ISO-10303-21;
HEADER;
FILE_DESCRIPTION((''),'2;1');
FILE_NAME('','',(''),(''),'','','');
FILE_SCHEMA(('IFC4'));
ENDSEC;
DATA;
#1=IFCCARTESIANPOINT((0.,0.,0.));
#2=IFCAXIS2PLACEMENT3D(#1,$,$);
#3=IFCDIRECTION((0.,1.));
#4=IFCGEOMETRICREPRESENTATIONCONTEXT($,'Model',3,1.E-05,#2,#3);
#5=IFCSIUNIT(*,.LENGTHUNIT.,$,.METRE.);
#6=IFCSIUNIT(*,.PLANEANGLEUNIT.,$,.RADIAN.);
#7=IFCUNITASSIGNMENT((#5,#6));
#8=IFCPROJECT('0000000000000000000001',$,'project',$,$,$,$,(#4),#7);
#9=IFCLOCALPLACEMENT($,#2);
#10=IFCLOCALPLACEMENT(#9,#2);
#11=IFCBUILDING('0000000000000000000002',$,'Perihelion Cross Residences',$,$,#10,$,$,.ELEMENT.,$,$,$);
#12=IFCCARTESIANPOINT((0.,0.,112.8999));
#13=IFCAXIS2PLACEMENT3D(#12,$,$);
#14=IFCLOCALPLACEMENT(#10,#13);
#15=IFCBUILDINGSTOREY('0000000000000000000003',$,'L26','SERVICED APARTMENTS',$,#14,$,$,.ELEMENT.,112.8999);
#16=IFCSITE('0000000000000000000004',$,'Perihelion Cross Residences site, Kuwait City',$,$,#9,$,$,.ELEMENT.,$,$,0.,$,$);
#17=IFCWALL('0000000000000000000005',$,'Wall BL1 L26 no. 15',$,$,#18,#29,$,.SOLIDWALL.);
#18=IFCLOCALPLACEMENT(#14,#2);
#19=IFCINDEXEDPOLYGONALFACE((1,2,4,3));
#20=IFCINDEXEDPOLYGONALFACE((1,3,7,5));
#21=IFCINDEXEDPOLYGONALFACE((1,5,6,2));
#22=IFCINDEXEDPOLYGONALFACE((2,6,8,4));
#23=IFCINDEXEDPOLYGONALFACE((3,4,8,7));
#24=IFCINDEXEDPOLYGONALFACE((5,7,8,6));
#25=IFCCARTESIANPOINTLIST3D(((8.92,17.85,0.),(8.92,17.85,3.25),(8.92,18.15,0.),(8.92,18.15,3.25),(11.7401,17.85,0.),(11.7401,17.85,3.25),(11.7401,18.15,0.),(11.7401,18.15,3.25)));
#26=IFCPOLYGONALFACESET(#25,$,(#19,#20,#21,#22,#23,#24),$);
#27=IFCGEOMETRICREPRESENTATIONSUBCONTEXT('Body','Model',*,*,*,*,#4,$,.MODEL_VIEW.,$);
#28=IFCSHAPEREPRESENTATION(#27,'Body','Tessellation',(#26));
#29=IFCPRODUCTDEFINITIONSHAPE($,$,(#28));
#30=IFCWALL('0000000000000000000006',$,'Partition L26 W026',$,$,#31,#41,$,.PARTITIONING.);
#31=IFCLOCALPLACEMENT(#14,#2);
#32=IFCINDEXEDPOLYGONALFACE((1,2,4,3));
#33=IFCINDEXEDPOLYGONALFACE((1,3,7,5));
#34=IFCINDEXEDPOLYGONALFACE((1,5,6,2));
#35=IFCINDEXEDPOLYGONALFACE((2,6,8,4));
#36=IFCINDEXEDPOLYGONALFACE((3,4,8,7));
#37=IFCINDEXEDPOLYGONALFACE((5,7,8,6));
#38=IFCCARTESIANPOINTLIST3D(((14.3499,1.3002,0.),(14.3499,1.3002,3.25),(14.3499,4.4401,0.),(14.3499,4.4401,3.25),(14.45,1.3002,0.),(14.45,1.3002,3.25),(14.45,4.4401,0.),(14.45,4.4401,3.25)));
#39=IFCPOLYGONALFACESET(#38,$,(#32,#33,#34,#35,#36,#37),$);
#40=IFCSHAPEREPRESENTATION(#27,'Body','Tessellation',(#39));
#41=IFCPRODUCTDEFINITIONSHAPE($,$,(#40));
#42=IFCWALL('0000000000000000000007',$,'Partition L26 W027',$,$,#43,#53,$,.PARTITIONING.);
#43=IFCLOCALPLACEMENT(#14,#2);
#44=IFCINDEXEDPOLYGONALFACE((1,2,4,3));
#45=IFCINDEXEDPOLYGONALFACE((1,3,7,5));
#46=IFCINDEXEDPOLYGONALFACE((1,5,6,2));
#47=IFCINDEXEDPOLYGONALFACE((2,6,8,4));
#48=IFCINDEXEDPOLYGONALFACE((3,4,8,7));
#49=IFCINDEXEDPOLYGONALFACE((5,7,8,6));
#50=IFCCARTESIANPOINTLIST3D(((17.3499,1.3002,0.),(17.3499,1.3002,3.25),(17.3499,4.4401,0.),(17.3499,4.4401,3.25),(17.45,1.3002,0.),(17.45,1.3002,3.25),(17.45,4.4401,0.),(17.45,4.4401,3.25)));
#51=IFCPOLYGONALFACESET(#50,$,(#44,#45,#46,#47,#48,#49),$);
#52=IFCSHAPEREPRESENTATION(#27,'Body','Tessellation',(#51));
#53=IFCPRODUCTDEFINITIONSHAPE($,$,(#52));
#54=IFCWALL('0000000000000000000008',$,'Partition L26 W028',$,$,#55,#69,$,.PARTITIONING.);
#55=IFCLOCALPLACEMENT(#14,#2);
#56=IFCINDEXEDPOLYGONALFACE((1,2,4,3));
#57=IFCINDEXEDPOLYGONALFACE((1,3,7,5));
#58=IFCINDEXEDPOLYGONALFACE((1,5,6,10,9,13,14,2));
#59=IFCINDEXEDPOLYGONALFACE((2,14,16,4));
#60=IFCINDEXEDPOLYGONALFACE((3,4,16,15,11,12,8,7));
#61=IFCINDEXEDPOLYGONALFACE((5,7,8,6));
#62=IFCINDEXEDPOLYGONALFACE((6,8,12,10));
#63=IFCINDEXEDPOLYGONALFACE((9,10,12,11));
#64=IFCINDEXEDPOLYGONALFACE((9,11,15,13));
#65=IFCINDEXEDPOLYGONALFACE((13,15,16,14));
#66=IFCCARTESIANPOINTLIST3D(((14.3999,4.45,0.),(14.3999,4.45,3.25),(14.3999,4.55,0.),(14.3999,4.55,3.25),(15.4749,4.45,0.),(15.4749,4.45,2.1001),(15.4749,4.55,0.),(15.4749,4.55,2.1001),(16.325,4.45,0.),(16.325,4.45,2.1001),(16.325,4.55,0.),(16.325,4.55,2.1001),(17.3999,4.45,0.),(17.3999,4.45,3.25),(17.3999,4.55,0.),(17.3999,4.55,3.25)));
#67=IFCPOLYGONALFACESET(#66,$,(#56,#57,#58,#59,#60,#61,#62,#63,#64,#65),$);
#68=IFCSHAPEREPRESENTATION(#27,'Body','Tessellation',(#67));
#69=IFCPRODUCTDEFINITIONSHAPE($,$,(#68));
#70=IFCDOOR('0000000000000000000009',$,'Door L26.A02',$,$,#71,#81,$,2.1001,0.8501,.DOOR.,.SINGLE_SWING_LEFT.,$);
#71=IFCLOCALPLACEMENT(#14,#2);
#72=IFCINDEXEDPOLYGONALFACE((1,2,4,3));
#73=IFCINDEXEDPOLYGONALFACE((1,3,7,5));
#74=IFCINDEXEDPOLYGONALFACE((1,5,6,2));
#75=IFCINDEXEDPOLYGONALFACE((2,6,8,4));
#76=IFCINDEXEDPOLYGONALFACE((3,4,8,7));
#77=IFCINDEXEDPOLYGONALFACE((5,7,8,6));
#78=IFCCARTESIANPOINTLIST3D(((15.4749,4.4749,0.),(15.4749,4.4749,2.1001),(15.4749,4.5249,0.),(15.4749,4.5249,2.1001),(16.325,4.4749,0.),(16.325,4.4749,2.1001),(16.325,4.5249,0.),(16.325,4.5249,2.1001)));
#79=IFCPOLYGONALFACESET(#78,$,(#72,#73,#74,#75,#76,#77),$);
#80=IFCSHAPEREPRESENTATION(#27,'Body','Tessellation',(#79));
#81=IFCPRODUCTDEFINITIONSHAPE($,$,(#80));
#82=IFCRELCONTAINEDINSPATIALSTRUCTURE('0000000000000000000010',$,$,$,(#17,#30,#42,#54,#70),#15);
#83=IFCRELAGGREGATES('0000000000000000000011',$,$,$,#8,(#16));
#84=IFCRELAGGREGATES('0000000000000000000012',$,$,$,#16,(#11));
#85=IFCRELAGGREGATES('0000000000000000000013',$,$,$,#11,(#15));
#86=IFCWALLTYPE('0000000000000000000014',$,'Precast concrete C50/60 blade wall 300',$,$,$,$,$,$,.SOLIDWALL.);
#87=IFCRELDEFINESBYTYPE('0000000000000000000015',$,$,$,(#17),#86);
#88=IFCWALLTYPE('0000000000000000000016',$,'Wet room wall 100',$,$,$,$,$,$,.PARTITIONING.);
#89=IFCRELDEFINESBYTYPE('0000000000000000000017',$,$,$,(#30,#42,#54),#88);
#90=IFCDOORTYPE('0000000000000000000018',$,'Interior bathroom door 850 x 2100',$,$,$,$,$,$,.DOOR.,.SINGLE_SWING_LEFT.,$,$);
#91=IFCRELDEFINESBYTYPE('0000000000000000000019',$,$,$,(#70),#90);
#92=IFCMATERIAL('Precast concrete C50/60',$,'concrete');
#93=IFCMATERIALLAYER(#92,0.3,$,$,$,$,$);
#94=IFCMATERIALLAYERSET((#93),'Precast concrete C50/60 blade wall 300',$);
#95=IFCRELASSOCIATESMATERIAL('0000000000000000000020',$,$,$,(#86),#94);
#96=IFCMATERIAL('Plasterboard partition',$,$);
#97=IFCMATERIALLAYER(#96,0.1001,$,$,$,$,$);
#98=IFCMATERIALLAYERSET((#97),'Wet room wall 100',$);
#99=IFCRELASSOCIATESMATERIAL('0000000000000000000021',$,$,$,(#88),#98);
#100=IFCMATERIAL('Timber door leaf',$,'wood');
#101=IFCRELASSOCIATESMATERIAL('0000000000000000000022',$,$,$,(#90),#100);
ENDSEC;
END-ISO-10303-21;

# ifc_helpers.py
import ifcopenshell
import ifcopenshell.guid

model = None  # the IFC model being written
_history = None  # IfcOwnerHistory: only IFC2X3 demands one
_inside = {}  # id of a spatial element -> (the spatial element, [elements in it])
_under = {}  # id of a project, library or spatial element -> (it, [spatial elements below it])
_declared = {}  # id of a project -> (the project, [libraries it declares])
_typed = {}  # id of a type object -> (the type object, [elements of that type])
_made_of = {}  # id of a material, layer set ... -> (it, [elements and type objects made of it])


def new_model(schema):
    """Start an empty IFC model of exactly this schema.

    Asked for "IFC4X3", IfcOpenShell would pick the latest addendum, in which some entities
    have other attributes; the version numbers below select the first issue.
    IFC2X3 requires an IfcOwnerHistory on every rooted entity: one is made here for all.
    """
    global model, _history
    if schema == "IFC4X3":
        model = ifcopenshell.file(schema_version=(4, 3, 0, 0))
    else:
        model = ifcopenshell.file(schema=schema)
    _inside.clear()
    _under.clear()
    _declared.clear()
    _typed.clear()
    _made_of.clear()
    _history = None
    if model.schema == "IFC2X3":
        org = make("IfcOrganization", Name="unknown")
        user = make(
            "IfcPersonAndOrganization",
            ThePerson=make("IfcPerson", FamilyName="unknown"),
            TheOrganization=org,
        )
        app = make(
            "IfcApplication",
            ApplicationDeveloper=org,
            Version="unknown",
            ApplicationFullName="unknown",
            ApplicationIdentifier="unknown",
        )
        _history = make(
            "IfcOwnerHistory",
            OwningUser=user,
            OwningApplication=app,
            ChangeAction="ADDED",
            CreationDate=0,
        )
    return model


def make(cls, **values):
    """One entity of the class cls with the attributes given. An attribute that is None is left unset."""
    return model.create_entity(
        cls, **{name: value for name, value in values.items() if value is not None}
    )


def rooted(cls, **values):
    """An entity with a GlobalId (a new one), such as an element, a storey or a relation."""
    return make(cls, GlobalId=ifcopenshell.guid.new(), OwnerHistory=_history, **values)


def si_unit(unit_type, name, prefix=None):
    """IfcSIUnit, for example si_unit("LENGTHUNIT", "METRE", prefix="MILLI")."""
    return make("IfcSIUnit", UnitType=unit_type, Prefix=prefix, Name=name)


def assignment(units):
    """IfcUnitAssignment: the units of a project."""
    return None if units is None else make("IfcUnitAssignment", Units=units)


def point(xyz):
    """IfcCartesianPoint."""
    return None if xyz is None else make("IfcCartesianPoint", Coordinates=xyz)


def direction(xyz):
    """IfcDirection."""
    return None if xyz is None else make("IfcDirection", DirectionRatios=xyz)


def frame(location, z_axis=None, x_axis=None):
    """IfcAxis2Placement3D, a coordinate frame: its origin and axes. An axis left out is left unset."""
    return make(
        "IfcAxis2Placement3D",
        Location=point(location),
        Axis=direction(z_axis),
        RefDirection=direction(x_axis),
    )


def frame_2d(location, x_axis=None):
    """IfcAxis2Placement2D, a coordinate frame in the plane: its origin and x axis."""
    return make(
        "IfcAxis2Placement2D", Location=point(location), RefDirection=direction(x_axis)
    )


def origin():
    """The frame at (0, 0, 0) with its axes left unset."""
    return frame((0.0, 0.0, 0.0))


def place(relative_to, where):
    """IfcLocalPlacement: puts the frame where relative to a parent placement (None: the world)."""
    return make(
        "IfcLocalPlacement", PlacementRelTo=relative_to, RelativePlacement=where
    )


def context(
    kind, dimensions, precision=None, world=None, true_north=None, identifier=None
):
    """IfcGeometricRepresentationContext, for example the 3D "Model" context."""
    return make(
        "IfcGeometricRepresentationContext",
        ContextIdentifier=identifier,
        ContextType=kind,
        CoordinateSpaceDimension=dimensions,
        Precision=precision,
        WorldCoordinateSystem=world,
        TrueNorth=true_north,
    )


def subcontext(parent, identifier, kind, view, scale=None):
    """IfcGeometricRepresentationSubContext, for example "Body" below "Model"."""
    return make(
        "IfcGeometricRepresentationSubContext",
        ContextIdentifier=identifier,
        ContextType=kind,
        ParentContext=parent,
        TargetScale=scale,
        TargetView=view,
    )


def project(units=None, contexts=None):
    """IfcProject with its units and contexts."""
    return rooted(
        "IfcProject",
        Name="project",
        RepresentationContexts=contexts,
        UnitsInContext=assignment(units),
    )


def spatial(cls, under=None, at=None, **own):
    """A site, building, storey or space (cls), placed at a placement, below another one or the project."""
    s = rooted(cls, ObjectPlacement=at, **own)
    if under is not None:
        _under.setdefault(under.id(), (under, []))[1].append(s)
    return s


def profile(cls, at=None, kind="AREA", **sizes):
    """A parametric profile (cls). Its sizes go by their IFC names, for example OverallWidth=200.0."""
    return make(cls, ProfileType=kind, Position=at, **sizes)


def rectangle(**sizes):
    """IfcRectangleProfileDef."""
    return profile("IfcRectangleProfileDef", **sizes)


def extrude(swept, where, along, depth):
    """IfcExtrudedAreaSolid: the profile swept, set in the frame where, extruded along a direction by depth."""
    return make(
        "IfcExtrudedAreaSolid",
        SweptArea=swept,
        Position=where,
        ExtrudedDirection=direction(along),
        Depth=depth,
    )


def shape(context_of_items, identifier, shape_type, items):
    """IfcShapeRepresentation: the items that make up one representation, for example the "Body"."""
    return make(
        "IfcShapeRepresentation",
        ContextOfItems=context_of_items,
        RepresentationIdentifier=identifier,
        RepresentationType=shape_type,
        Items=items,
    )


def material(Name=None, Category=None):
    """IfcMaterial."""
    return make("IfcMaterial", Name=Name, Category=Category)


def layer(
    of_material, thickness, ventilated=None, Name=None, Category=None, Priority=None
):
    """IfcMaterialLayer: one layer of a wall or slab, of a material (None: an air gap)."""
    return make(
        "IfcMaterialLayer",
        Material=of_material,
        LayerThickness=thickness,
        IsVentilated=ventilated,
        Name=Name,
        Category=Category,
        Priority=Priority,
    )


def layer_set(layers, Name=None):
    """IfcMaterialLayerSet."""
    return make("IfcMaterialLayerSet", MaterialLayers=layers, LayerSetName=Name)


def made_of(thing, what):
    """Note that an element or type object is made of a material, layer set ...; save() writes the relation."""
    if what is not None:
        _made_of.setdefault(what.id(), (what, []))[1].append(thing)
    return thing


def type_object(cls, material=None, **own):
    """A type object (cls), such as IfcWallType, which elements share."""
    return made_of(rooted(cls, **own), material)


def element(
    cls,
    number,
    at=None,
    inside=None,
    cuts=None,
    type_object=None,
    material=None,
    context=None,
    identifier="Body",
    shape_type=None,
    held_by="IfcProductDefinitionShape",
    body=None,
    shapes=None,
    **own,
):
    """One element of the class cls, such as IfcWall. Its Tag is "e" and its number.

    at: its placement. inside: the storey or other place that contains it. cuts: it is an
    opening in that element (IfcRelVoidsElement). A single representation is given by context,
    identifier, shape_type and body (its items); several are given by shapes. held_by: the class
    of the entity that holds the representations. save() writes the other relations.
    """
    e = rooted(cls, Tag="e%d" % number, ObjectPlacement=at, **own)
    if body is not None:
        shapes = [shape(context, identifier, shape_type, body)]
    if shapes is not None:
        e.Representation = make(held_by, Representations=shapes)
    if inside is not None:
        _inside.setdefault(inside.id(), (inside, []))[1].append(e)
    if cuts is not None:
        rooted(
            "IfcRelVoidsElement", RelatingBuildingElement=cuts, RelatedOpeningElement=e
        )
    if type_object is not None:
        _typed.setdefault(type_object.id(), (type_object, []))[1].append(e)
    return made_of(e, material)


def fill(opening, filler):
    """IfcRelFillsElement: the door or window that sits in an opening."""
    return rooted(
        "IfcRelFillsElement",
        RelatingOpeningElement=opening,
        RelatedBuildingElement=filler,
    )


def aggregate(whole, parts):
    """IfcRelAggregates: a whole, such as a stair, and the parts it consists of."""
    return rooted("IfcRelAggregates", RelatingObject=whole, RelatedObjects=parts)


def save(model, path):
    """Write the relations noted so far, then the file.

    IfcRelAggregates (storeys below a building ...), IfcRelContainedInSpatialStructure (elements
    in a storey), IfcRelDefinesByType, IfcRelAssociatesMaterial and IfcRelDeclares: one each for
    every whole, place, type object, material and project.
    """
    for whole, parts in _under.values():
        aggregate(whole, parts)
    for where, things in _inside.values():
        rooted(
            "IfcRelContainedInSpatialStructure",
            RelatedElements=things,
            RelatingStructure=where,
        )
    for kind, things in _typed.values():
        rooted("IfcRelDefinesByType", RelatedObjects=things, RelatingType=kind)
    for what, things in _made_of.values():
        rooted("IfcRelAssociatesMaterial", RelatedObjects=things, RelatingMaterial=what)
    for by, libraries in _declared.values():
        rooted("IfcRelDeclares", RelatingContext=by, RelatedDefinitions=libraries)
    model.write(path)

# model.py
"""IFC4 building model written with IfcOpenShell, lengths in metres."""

from ifc_helpers import new_model, si_unit, direction, frame, frame_2d, origin, place, context, subcontext, project, spatial, rectangle, extrude, material, layer, layer_set, type_object, element, fill, save


model = new_model("IFC4")

# Units and contexts
model_context = context("Model", 3, precision=1e-05, world=origin(), true_north=direction((0.0, 1.0)))
body_context = subcontext(model_context, "Body", "Model", "MODEL_VIEW")
ifc_project = project(units=[si_unit("LENGTHUNIT", "METRE"), si_unit("PLANEANGLEUNIT", "RADIAN")], contexts=[model_context])

# Site, building, storey
site_placement = place(None, origin())
site = spatial("IfcSite", under=ifc_project, at=site_placement, Name="Perihelion Cross Residences site, Kuwait City", CompositionType="ELEMENT", RefElevation=0.0)
building_placement = place(site_placement, origin())
building = spatial("IfcBuilding", under=site, at=building_placement, Name="Perihelion Cross Residences", CompositionType="ELEMENT")
storey_placement = place(building_placement, frame((0.0, 0.0, 112.8999)))
storey = spatial("IfcBuildingStorey", under=building, at=storey_placement, Name="L26", Description="SERVICED APARTMENTS", CompositionType="ELEMENT", Elevation=112.8999)

# Walls
ifc_material_1 = material(Name="Precast concrete C50/60", Category="concrete")
ifc_layer_1 = layer(ifc_material_1, 0.3)
ifc_layer_set_1 = layer_set([ifc_layer_1], Name="Precast concrete C50/60 blade wall 300")
wall_type_1 = type_object("IfcWallType", Name="Precast concrete C50/60 blade wall 300", PredefinedType="SOLIDWALL", material=ifc_layer_set_1)
wall_1_placement = place(storey_placement, frame((8.9199, 18.0, 0.0), z_axis=(0.0, 0.0, 1.0), x_axis=(1.0, 0.0, 0.0)))
element("IfcWall", 1, at=wall_1_placement, inside=storey, type_object=wall_type_1, Name="Wall BL1 L26 no. 15", PredefinedType="SOLIDWALL", context=body_context, shape_type="SweptSolid", body=[
    extrude(rectangle(XDim=2.8201, YDim=0.3, at=frame_2d((1.4102, 0.0))), origin(), (0.0, 0.0, 1.0), 3.25),
])
ifc_material_2 = material(Name="Plasterboard partition")
ifc_layer_2 = layer(ifc_material_2, 0.1001)
ifc_layer_set_2 = layer_set([ifc_layer_2], Name="Wet room wall 100")
wall_type_2 = type_object("IfcWallType", Name="Wet room wall 100", PredefinedType="PARTITIONING", material=ifc_layer_set_2)
for number, where, z_axis, x_axis, name in (
    (2, (14.3999, 4.4399, 0.0), (0.0, 0.0, 1.0), (0.0, -1.0, 0.0), "Partition L26 W026"),
    (3, (17.3999, 4.4399, 0.0), (0.0, 0.0, 1.0), (0.0, -1.0, 0.0), "Partition L26 W027"),
):
    element("IfcWall", number, at=place(storey_placement, frame(where, z_axis=z_axis, x_axis=x_axis)), inside=storey, type_object=wall_type_2, Name=name, PredefinedType="PARTITIONING", context=body_context, shape_type="SweptSolid", body=[
        extrude(rectangle(XDim=3.1399, YDim=0.1001, at=frame_2d((1.5698, 0.0))), origin(), (0.0, 0.0, 1.0), 3.25),
    ])

# Wall, opening, door
wall_2_placement = place(storey_placement, frame((14.3999, 4.5, 0.0), z_axis=(0.0, 0.0, 1.0), x_axis=(1.0, 0.0, 0.0)))
wall_2 = element("IfcWall", 4, at=wall_2_placement, inside=storey, type_object=wall_type_2, Name="Partition L26 W028", PredefinedType="PARTITIONING", context=body_context, shape_type="SweptSolid", body=[
    extrude(rectangle(XDim=3.0, YDim=0.1001, at=frame_2d((1.5, 0.0))), origin(), (0.0, 0.0, 1.0), 3.25),
])
opening_1_placement = place(wall_2_placement, frame((1.075, 0.0, 0.0)))
opening_1 = element("IfcOpeningElement", 5, at=opening_1_placement, cuts=wall_2, PredefinedType="OPENING", context=body_context, shape_type="SweptSolid", body=[
    extrude(rectangle(XDim=0.8501, YDim=2.1001, at=frame_2d((0.425, 1.05))), frame((0.0, 0.0601, 0.0), z_axis=(0.0, -1.0, 0.0), x_axis=(1.0, 0.0, 0.0)), (0.0, 0.0, 1.0), 0.1201),
])
ifc_material_3 = material(Name="Timber door leaf", Category="wood")
door_type_1 = type_object("IfcDoorType", Name="Interior bathroom door 850 x 2100", OperationType="SINGLE_SWING_LEFT", PredefinedType="DOOR", material=ifc_material_3)
door_1_placement = place(opening_1_placement, origin())
door_1 = element("IfcDoor", 6, at=door_1_placement, inside=storey, type_object=door_type_1, Name="Door L26.A02", OperationType="SINGLE_SWING_LEFT", OverallHeight=2.1001, OverallWidth=0.8501, PredefinedType="DOOR", context=body_context, shape_type="SweptSolid", body=[
    extrude(rectangle(XDim=0.8501, YDim=2.1001, at=frame_2d((0.425, 1.05))), frame((0.0, 0.0249, 0.0), z_axis=(0.0, -1.0, 0.0), x_axis=(1.0, 0.0, 0.0)), (0.0, 0.0, 1.0), 0.05),
])
fill(opening_1, door_1)

save(model, "model.ifc")
